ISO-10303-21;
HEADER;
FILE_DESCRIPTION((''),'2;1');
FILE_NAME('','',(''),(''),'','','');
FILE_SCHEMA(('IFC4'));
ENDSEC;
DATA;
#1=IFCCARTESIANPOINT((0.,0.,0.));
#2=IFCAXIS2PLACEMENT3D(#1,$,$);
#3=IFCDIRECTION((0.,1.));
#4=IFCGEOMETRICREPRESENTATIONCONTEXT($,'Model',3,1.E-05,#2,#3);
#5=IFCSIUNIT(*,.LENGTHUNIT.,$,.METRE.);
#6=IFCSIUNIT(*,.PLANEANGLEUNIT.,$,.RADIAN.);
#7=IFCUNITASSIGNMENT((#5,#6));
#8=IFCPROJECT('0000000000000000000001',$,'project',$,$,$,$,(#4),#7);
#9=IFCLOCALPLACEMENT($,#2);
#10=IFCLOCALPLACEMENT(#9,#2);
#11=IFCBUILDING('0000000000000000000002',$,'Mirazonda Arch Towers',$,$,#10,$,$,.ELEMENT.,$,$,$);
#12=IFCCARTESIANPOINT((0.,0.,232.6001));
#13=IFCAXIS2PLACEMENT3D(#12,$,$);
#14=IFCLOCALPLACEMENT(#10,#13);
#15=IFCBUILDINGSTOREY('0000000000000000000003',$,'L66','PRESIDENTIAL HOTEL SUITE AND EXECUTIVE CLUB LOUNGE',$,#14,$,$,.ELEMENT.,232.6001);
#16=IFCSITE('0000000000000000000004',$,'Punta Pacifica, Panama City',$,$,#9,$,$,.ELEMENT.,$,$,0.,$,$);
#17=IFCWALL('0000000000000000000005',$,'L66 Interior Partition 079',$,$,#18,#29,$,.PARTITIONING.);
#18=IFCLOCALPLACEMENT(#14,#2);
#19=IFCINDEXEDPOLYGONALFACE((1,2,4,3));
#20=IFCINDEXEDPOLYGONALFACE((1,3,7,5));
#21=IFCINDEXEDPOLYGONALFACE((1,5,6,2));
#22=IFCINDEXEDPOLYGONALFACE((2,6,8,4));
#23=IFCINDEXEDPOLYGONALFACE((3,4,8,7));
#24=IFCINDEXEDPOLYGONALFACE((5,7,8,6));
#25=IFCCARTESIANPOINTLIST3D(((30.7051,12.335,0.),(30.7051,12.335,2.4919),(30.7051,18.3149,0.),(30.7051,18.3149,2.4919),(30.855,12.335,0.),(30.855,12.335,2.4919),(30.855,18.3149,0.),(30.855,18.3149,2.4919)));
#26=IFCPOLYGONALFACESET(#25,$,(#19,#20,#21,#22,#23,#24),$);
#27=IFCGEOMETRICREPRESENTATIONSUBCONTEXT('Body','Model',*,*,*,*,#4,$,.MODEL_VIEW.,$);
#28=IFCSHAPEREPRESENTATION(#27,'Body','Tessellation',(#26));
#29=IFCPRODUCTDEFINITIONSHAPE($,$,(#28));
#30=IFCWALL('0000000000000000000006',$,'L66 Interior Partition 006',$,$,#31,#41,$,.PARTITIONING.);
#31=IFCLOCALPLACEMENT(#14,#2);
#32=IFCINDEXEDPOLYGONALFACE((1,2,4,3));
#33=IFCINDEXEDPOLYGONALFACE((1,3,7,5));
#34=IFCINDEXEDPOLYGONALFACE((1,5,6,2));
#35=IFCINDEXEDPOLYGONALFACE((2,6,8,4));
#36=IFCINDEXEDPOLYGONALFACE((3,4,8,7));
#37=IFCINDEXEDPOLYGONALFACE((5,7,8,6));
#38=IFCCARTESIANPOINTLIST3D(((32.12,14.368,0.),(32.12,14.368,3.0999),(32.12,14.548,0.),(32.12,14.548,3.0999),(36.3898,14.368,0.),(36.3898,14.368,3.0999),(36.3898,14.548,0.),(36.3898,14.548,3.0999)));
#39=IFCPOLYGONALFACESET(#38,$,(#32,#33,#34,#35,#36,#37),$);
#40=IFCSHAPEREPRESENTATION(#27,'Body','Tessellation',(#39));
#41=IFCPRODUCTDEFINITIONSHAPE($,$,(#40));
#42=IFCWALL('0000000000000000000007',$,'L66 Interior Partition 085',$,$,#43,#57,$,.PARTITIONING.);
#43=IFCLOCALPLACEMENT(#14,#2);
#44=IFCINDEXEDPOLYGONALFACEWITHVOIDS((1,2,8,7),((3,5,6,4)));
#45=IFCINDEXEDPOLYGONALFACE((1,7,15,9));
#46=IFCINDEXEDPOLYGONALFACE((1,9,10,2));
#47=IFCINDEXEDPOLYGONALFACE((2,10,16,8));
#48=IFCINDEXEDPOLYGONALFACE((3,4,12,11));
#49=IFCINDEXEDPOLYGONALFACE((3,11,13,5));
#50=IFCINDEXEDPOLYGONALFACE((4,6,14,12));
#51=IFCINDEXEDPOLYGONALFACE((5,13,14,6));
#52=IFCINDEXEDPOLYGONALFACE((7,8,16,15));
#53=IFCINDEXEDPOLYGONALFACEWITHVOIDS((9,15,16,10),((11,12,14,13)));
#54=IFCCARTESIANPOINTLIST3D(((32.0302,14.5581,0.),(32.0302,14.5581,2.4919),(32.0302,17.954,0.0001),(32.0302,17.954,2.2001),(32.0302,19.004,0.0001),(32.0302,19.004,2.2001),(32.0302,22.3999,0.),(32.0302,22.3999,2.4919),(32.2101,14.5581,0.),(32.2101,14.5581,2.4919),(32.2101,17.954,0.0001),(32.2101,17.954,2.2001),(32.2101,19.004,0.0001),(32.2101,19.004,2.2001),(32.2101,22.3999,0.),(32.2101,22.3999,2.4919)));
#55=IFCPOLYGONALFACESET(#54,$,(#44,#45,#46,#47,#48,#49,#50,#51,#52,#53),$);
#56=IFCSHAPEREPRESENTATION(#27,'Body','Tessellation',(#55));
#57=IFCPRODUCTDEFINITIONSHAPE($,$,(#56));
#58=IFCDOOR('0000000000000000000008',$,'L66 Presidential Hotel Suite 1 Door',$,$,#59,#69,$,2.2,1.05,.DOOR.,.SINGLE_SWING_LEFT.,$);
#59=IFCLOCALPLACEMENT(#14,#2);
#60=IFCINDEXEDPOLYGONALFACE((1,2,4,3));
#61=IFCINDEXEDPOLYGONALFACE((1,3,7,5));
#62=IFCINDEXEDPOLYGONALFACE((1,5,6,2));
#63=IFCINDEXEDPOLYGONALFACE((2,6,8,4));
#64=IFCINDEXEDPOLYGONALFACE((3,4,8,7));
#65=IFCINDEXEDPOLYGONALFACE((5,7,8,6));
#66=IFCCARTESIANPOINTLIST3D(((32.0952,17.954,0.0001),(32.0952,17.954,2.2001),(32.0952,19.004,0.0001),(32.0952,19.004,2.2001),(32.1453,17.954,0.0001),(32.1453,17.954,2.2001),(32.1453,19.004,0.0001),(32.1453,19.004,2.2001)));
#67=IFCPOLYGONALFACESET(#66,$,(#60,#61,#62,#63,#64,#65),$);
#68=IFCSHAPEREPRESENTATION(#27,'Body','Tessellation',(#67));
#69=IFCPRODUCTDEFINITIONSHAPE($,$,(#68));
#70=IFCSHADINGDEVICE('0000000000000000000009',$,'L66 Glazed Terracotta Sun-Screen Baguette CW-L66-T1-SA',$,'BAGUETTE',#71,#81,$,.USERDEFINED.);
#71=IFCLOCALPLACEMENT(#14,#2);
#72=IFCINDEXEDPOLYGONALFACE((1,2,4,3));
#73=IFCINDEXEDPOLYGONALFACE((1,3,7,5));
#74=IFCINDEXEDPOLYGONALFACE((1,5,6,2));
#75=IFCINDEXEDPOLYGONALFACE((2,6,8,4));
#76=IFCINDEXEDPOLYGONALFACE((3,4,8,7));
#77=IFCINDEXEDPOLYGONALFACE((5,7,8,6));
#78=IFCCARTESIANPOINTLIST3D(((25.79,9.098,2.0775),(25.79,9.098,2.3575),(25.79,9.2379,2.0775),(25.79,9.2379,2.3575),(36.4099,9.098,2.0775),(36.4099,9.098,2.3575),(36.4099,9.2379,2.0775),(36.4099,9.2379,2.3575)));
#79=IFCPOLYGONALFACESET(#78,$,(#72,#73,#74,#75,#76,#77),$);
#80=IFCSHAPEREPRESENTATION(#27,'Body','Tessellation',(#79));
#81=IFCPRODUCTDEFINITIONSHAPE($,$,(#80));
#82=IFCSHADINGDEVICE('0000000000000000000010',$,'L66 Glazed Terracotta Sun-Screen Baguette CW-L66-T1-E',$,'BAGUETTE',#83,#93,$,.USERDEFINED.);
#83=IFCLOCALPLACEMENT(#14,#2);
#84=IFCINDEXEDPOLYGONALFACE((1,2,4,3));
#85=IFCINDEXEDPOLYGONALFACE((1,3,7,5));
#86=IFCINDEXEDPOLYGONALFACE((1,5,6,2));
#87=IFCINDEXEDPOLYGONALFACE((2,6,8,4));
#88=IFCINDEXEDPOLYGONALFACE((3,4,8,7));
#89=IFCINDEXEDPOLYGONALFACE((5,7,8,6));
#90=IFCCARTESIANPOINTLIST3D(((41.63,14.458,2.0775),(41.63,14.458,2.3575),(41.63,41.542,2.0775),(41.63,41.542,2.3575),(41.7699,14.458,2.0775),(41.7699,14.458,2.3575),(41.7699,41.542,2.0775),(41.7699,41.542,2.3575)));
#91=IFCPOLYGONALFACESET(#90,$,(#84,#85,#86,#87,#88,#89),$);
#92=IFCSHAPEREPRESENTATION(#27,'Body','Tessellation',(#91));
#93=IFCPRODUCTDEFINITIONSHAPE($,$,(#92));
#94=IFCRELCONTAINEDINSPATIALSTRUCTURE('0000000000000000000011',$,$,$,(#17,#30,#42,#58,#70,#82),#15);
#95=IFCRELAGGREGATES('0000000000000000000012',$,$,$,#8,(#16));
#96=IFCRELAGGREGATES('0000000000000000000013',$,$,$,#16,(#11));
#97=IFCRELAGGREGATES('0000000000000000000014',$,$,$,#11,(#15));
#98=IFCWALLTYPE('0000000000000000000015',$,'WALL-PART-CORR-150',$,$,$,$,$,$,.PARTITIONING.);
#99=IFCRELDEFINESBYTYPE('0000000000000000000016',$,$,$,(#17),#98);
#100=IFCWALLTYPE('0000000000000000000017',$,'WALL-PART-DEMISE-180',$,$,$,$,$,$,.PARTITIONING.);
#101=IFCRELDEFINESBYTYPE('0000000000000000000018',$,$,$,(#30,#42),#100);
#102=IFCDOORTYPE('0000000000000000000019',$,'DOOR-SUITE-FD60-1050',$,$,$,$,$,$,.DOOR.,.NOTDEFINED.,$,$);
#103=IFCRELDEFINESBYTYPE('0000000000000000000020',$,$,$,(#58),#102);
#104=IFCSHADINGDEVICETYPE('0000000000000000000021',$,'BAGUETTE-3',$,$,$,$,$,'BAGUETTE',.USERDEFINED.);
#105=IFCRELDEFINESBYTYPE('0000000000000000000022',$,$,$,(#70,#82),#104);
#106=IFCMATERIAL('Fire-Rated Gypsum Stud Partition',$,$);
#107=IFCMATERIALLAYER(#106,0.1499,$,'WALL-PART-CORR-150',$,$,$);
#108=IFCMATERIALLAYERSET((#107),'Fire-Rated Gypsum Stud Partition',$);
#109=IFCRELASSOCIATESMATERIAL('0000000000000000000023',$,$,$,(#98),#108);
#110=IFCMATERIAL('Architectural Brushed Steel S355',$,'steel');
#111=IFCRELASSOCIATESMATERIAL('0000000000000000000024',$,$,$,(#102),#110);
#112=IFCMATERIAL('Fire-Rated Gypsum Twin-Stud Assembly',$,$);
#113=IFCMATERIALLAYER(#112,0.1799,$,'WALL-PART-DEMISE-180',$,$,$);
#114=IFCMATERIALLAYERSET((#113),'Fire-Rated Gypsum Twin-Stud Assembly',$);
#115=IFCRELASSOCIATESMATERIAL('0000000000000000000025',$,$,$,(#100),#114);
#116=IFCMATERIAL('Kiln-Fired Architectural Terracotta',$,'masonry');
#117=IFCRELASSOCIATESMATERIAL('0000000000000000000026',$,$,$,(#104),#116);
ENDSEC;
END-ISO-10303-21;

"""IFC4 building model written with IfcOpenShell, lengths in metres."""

from ifc_helpers import new_model, si_unit, direction, frame, frame_2d, origin, origin_2d, place, context, subcontext, project, spatial, rectangle, extrude, material, layer, layer_set, material_profile, profile_set, type_object, element, fill, save


model = new_model("IFC4")

# Units and contexts
model_context = context("Model", 3, precision=1e-05, world=origin(), true_north=direction((0.0, 1.0)))
body_context = subcontext(model_context, "Body", "Model", "MODEL_VIEW")
ifc_project = project(units=[si_unit("LENGTHUNIT", "METRE"), si_unit("PLANEANGLEUNIT", "RADIAN")], contexts=[model_context])

# Site, building, storey
site_placement = place(None, origin())
site = spatial("IfcSite", under=ifc_project, at=site_placement, Name="Punta Pacifica, Panama City", CompositionType="ELEMENT", RefElevation=0.0)
building_placement = place(site_placement, origin())
building = spatial("IfcBuilding", under=site, at=building_placement, Name="Mirazonda Arch Towers", CompositionType="ELEMENT")
storey_placement = place(building_placement, frame((0.0, 0.0, 232.6001)))
storey = spatial("IfcBuildingStorey", under=building, at=storey_placement, Name="L66", Description="PRESIDENTIAL HOTEL SUITE AND EXECUTIVE CLUB LOUNGE", CompositionType="ELEMENT", Elevation=232.6001)

# Shared definitions
ifc_material_1 = material(Name="Fire-Rated Gypsum Stud Partition")
ifc_layer_1 = layer(ifc_material_1, 0.1499, Name="WALL-PART-CORR-150")
ifc_layer_set_1 = layer_set([ifc_layer_1], Name="Fire-Rated Gypsum Stud Partition")
wall_type_1 = type_object("IfcWallType", Name="WALL-PART-CORR-150", PredefinedType="PARTITIONING", material=ifc_layer_set_1)
ifc_material_2 = material(Name="Architectural Brushed Steel S355", Category="steel")
door_type_1 = type_object("IfcDoorType", Name="DOOR-SUITE-FD60-1050", OperationType="NOTDEFINED", PredefinedType="DOOR", material=ifc_material_2)

# Walls
wall_1_placement = place(storey_placement, frame((30.78, 12.335, 0.0), z_axis=(0.0, 0.0, 1.0), x_axis=(0.0, 1.0, 0.0)))
element("IfcWall", 1, at=wall_1_placement, inside=storey, type_object=wall_type_1, Name="L66 Interior Partition 079", PredefinedType="PARTITIONING", context=body_context, shape_type="SweptSolid", body=[
    extrude(rectangle(XDim=5.98, YDim=0.1499, at=frame_2d((2.99, 0.0))), origin(), (0.0, 0.0, 1.0), 2.4919),
])
ifc_material_3 = material(Name="Fire-Rated Gypsum Twin-Stud Assembly")
ifc_layer_2 = layer(ifc_material_3, 0.1799, Name="WALL-PART-DEMISE-180")
ifc_layer_set_2 = layer_set([ifc_layer_2], Name="Fire-Rated Gypsum Twin-Stud Assembly")
wall_type_2 = type_object("IfcWallType", Name="WALL-PART-DEMISE-180", PredefinedType="PARTITIONING", material=ifc_layer_set_2)
wall_2_placement = place(storey_placement, frame((32.1201, 14.458, 0.0), z_axis=(0.0, 0.0, 1.0), x_axis=(1.0, 0.0, 0.0)))
element("IfcWall", 2, at=wall_2_placement, inside=storey, type_object=wall_type_2, Name="L66 Interior Partition 006", PredefinedType="PARTITIONING", context=body_context, shape_type="SweptSolid", body=[
    extrude(rectangle(XDim=4.2698, YDim=0.1799, at=frame_2d((2.1348, 0.0))), origin(), (0.0, 0.0, 1.0), 3.0999),
])

# Wall, opening, door
wall_3_placement = place(storey_placement, frame((32.1201, 14.5581, 0.0), z_axis=(0.0, 0.0, 1.0), x_axis=(0.0, 1.0, 0.0)))
wall_3 = element("IfcWall", 3, at=wall_3_placement, inside=storey, type_object=wall_type_2, Name="L66 Interior Partition 085", PredefinedType="PARTITIONING", context=body_context, shape_type="SweptSolid", body=[
    extrude(rectangle(XDim=7.8418, YDim=0.1799, at=frame_2d((3.9209, 0.0))), origin(), (0.0, 0.0, 1.0), 2.4919),
])
opening_1_placement = place(wall_3_placement, frame((3.396, 0.0, 0.0)))
opening_1 = element("IfcOpeningElement", 4, at=opening_1_placement, cuts=wall_3, PredefinedType="OPENING", context=body_context, shape_type="SweptSolid", body=[
    extrude(rectangle(XDim=1.05, YDim=2.2, at=frame_2d((0.5249, 1.1001))), frame((0.0, 0.0999, 0.0), z_axis=(0.0, -1.0, 0.0), x_axis=(1.0, 0.0, 0.0)), (0.0, 0.0, 1.0), 0.2),
])
door_1_placement = place(opening_1_placement, origin())
door_1 = element("IfcDoor", 5, at=door_1_placement, inside=storey, type_object=door_type_1, Name="L66 Presidential Hotel Suite 1 Door", OperationType="SINGLE_SWING_LEFT", OverallHeight=2.2, OverallWidth=1.05, PredefinedType="DOOR", context=body_context, shape_type="SweptSolid", body=[
    extrude(rectangle(XDim=1.05, YDim=2.2, at=frame_2d((0.5249, 1.1001))), frame((0.0, 0.0249, 0.0), z_axis=(0.0, -1.0, 0.0), x_axis=(1.0, 0.0, 0.0)), (0.0, 0.0, 1.0), 0.05),
])
fill(opening_1, door_1)

# Shading devices
ifc_material_4 = material(Name="Kiln-Fired Architectural Terracotta", Category="masonry")
ifc_material_profile_1 = material_profile(ifc_material_4, rectangle(XDim=0.1399, YDim=0.28, at=origin_2d()), Name="TERRA-BAG-140x280")
ifc_profile_set_1 = profile_set([ifc_material_profile_1], Name="Kiln-Fired Architectural Terracotta")
shading_device_type = type_object("IfcShadingDeviceType", Name="BAGUETTE-3", ElementType="BAGUETTE", PredefinedType="USERDEFINED", material=ifc_profile_set_1)
shading_device_1_placement = place(storey_placement, frame((36.4099, 9.168, 2.2175), z_axis=(-1.0, 0.0, 0.0), x_axis=(0.0, -1.0, 0.0)))
element("IfcShadingDevice", 6, at=shading_device_1_placement, inside=storey, type_object=shading_device_type, Name="L66 Glazed Terracotta Sun-Screen Baguette CW-L66-T1-SA", ObjectType="BAGUETTE", PredefinedType="USERDEFINED", context=body_context, shape_type="SweptSolid", body=[
    extrude(rectangle(XDim=0.1399, YDim=0.28, at=origin_2d()), origin(), (0.0, 0.0, 1.0), 10.6199),
])
shading_device_2_placement = place(storey_placement, frame((41.7, 14.458, 2.2175), z_axis=(0.0, 1.0, 0.0), x_axis=(-1.0, 0.0, 0.0)))
element("IfcShadingDevice", 7, at=shading_device_2_placement, inside=storey, type_object=shading_device_type, Name="L66 Glazed Terracotta Sun-Screen Baguette CW-L66-T1-E", ObjectType="BAGUETTE", PredefinedType="USERDEFINED", context=body_context, shape_type="SweptSolid", body=[
    extrude(rectangle(XDim=0.1399, YDim=0.28, at=origin_2d()), origin(), (0.0, 0.0, 1.0), 27.084),
])

save(model, "model.ifc")
